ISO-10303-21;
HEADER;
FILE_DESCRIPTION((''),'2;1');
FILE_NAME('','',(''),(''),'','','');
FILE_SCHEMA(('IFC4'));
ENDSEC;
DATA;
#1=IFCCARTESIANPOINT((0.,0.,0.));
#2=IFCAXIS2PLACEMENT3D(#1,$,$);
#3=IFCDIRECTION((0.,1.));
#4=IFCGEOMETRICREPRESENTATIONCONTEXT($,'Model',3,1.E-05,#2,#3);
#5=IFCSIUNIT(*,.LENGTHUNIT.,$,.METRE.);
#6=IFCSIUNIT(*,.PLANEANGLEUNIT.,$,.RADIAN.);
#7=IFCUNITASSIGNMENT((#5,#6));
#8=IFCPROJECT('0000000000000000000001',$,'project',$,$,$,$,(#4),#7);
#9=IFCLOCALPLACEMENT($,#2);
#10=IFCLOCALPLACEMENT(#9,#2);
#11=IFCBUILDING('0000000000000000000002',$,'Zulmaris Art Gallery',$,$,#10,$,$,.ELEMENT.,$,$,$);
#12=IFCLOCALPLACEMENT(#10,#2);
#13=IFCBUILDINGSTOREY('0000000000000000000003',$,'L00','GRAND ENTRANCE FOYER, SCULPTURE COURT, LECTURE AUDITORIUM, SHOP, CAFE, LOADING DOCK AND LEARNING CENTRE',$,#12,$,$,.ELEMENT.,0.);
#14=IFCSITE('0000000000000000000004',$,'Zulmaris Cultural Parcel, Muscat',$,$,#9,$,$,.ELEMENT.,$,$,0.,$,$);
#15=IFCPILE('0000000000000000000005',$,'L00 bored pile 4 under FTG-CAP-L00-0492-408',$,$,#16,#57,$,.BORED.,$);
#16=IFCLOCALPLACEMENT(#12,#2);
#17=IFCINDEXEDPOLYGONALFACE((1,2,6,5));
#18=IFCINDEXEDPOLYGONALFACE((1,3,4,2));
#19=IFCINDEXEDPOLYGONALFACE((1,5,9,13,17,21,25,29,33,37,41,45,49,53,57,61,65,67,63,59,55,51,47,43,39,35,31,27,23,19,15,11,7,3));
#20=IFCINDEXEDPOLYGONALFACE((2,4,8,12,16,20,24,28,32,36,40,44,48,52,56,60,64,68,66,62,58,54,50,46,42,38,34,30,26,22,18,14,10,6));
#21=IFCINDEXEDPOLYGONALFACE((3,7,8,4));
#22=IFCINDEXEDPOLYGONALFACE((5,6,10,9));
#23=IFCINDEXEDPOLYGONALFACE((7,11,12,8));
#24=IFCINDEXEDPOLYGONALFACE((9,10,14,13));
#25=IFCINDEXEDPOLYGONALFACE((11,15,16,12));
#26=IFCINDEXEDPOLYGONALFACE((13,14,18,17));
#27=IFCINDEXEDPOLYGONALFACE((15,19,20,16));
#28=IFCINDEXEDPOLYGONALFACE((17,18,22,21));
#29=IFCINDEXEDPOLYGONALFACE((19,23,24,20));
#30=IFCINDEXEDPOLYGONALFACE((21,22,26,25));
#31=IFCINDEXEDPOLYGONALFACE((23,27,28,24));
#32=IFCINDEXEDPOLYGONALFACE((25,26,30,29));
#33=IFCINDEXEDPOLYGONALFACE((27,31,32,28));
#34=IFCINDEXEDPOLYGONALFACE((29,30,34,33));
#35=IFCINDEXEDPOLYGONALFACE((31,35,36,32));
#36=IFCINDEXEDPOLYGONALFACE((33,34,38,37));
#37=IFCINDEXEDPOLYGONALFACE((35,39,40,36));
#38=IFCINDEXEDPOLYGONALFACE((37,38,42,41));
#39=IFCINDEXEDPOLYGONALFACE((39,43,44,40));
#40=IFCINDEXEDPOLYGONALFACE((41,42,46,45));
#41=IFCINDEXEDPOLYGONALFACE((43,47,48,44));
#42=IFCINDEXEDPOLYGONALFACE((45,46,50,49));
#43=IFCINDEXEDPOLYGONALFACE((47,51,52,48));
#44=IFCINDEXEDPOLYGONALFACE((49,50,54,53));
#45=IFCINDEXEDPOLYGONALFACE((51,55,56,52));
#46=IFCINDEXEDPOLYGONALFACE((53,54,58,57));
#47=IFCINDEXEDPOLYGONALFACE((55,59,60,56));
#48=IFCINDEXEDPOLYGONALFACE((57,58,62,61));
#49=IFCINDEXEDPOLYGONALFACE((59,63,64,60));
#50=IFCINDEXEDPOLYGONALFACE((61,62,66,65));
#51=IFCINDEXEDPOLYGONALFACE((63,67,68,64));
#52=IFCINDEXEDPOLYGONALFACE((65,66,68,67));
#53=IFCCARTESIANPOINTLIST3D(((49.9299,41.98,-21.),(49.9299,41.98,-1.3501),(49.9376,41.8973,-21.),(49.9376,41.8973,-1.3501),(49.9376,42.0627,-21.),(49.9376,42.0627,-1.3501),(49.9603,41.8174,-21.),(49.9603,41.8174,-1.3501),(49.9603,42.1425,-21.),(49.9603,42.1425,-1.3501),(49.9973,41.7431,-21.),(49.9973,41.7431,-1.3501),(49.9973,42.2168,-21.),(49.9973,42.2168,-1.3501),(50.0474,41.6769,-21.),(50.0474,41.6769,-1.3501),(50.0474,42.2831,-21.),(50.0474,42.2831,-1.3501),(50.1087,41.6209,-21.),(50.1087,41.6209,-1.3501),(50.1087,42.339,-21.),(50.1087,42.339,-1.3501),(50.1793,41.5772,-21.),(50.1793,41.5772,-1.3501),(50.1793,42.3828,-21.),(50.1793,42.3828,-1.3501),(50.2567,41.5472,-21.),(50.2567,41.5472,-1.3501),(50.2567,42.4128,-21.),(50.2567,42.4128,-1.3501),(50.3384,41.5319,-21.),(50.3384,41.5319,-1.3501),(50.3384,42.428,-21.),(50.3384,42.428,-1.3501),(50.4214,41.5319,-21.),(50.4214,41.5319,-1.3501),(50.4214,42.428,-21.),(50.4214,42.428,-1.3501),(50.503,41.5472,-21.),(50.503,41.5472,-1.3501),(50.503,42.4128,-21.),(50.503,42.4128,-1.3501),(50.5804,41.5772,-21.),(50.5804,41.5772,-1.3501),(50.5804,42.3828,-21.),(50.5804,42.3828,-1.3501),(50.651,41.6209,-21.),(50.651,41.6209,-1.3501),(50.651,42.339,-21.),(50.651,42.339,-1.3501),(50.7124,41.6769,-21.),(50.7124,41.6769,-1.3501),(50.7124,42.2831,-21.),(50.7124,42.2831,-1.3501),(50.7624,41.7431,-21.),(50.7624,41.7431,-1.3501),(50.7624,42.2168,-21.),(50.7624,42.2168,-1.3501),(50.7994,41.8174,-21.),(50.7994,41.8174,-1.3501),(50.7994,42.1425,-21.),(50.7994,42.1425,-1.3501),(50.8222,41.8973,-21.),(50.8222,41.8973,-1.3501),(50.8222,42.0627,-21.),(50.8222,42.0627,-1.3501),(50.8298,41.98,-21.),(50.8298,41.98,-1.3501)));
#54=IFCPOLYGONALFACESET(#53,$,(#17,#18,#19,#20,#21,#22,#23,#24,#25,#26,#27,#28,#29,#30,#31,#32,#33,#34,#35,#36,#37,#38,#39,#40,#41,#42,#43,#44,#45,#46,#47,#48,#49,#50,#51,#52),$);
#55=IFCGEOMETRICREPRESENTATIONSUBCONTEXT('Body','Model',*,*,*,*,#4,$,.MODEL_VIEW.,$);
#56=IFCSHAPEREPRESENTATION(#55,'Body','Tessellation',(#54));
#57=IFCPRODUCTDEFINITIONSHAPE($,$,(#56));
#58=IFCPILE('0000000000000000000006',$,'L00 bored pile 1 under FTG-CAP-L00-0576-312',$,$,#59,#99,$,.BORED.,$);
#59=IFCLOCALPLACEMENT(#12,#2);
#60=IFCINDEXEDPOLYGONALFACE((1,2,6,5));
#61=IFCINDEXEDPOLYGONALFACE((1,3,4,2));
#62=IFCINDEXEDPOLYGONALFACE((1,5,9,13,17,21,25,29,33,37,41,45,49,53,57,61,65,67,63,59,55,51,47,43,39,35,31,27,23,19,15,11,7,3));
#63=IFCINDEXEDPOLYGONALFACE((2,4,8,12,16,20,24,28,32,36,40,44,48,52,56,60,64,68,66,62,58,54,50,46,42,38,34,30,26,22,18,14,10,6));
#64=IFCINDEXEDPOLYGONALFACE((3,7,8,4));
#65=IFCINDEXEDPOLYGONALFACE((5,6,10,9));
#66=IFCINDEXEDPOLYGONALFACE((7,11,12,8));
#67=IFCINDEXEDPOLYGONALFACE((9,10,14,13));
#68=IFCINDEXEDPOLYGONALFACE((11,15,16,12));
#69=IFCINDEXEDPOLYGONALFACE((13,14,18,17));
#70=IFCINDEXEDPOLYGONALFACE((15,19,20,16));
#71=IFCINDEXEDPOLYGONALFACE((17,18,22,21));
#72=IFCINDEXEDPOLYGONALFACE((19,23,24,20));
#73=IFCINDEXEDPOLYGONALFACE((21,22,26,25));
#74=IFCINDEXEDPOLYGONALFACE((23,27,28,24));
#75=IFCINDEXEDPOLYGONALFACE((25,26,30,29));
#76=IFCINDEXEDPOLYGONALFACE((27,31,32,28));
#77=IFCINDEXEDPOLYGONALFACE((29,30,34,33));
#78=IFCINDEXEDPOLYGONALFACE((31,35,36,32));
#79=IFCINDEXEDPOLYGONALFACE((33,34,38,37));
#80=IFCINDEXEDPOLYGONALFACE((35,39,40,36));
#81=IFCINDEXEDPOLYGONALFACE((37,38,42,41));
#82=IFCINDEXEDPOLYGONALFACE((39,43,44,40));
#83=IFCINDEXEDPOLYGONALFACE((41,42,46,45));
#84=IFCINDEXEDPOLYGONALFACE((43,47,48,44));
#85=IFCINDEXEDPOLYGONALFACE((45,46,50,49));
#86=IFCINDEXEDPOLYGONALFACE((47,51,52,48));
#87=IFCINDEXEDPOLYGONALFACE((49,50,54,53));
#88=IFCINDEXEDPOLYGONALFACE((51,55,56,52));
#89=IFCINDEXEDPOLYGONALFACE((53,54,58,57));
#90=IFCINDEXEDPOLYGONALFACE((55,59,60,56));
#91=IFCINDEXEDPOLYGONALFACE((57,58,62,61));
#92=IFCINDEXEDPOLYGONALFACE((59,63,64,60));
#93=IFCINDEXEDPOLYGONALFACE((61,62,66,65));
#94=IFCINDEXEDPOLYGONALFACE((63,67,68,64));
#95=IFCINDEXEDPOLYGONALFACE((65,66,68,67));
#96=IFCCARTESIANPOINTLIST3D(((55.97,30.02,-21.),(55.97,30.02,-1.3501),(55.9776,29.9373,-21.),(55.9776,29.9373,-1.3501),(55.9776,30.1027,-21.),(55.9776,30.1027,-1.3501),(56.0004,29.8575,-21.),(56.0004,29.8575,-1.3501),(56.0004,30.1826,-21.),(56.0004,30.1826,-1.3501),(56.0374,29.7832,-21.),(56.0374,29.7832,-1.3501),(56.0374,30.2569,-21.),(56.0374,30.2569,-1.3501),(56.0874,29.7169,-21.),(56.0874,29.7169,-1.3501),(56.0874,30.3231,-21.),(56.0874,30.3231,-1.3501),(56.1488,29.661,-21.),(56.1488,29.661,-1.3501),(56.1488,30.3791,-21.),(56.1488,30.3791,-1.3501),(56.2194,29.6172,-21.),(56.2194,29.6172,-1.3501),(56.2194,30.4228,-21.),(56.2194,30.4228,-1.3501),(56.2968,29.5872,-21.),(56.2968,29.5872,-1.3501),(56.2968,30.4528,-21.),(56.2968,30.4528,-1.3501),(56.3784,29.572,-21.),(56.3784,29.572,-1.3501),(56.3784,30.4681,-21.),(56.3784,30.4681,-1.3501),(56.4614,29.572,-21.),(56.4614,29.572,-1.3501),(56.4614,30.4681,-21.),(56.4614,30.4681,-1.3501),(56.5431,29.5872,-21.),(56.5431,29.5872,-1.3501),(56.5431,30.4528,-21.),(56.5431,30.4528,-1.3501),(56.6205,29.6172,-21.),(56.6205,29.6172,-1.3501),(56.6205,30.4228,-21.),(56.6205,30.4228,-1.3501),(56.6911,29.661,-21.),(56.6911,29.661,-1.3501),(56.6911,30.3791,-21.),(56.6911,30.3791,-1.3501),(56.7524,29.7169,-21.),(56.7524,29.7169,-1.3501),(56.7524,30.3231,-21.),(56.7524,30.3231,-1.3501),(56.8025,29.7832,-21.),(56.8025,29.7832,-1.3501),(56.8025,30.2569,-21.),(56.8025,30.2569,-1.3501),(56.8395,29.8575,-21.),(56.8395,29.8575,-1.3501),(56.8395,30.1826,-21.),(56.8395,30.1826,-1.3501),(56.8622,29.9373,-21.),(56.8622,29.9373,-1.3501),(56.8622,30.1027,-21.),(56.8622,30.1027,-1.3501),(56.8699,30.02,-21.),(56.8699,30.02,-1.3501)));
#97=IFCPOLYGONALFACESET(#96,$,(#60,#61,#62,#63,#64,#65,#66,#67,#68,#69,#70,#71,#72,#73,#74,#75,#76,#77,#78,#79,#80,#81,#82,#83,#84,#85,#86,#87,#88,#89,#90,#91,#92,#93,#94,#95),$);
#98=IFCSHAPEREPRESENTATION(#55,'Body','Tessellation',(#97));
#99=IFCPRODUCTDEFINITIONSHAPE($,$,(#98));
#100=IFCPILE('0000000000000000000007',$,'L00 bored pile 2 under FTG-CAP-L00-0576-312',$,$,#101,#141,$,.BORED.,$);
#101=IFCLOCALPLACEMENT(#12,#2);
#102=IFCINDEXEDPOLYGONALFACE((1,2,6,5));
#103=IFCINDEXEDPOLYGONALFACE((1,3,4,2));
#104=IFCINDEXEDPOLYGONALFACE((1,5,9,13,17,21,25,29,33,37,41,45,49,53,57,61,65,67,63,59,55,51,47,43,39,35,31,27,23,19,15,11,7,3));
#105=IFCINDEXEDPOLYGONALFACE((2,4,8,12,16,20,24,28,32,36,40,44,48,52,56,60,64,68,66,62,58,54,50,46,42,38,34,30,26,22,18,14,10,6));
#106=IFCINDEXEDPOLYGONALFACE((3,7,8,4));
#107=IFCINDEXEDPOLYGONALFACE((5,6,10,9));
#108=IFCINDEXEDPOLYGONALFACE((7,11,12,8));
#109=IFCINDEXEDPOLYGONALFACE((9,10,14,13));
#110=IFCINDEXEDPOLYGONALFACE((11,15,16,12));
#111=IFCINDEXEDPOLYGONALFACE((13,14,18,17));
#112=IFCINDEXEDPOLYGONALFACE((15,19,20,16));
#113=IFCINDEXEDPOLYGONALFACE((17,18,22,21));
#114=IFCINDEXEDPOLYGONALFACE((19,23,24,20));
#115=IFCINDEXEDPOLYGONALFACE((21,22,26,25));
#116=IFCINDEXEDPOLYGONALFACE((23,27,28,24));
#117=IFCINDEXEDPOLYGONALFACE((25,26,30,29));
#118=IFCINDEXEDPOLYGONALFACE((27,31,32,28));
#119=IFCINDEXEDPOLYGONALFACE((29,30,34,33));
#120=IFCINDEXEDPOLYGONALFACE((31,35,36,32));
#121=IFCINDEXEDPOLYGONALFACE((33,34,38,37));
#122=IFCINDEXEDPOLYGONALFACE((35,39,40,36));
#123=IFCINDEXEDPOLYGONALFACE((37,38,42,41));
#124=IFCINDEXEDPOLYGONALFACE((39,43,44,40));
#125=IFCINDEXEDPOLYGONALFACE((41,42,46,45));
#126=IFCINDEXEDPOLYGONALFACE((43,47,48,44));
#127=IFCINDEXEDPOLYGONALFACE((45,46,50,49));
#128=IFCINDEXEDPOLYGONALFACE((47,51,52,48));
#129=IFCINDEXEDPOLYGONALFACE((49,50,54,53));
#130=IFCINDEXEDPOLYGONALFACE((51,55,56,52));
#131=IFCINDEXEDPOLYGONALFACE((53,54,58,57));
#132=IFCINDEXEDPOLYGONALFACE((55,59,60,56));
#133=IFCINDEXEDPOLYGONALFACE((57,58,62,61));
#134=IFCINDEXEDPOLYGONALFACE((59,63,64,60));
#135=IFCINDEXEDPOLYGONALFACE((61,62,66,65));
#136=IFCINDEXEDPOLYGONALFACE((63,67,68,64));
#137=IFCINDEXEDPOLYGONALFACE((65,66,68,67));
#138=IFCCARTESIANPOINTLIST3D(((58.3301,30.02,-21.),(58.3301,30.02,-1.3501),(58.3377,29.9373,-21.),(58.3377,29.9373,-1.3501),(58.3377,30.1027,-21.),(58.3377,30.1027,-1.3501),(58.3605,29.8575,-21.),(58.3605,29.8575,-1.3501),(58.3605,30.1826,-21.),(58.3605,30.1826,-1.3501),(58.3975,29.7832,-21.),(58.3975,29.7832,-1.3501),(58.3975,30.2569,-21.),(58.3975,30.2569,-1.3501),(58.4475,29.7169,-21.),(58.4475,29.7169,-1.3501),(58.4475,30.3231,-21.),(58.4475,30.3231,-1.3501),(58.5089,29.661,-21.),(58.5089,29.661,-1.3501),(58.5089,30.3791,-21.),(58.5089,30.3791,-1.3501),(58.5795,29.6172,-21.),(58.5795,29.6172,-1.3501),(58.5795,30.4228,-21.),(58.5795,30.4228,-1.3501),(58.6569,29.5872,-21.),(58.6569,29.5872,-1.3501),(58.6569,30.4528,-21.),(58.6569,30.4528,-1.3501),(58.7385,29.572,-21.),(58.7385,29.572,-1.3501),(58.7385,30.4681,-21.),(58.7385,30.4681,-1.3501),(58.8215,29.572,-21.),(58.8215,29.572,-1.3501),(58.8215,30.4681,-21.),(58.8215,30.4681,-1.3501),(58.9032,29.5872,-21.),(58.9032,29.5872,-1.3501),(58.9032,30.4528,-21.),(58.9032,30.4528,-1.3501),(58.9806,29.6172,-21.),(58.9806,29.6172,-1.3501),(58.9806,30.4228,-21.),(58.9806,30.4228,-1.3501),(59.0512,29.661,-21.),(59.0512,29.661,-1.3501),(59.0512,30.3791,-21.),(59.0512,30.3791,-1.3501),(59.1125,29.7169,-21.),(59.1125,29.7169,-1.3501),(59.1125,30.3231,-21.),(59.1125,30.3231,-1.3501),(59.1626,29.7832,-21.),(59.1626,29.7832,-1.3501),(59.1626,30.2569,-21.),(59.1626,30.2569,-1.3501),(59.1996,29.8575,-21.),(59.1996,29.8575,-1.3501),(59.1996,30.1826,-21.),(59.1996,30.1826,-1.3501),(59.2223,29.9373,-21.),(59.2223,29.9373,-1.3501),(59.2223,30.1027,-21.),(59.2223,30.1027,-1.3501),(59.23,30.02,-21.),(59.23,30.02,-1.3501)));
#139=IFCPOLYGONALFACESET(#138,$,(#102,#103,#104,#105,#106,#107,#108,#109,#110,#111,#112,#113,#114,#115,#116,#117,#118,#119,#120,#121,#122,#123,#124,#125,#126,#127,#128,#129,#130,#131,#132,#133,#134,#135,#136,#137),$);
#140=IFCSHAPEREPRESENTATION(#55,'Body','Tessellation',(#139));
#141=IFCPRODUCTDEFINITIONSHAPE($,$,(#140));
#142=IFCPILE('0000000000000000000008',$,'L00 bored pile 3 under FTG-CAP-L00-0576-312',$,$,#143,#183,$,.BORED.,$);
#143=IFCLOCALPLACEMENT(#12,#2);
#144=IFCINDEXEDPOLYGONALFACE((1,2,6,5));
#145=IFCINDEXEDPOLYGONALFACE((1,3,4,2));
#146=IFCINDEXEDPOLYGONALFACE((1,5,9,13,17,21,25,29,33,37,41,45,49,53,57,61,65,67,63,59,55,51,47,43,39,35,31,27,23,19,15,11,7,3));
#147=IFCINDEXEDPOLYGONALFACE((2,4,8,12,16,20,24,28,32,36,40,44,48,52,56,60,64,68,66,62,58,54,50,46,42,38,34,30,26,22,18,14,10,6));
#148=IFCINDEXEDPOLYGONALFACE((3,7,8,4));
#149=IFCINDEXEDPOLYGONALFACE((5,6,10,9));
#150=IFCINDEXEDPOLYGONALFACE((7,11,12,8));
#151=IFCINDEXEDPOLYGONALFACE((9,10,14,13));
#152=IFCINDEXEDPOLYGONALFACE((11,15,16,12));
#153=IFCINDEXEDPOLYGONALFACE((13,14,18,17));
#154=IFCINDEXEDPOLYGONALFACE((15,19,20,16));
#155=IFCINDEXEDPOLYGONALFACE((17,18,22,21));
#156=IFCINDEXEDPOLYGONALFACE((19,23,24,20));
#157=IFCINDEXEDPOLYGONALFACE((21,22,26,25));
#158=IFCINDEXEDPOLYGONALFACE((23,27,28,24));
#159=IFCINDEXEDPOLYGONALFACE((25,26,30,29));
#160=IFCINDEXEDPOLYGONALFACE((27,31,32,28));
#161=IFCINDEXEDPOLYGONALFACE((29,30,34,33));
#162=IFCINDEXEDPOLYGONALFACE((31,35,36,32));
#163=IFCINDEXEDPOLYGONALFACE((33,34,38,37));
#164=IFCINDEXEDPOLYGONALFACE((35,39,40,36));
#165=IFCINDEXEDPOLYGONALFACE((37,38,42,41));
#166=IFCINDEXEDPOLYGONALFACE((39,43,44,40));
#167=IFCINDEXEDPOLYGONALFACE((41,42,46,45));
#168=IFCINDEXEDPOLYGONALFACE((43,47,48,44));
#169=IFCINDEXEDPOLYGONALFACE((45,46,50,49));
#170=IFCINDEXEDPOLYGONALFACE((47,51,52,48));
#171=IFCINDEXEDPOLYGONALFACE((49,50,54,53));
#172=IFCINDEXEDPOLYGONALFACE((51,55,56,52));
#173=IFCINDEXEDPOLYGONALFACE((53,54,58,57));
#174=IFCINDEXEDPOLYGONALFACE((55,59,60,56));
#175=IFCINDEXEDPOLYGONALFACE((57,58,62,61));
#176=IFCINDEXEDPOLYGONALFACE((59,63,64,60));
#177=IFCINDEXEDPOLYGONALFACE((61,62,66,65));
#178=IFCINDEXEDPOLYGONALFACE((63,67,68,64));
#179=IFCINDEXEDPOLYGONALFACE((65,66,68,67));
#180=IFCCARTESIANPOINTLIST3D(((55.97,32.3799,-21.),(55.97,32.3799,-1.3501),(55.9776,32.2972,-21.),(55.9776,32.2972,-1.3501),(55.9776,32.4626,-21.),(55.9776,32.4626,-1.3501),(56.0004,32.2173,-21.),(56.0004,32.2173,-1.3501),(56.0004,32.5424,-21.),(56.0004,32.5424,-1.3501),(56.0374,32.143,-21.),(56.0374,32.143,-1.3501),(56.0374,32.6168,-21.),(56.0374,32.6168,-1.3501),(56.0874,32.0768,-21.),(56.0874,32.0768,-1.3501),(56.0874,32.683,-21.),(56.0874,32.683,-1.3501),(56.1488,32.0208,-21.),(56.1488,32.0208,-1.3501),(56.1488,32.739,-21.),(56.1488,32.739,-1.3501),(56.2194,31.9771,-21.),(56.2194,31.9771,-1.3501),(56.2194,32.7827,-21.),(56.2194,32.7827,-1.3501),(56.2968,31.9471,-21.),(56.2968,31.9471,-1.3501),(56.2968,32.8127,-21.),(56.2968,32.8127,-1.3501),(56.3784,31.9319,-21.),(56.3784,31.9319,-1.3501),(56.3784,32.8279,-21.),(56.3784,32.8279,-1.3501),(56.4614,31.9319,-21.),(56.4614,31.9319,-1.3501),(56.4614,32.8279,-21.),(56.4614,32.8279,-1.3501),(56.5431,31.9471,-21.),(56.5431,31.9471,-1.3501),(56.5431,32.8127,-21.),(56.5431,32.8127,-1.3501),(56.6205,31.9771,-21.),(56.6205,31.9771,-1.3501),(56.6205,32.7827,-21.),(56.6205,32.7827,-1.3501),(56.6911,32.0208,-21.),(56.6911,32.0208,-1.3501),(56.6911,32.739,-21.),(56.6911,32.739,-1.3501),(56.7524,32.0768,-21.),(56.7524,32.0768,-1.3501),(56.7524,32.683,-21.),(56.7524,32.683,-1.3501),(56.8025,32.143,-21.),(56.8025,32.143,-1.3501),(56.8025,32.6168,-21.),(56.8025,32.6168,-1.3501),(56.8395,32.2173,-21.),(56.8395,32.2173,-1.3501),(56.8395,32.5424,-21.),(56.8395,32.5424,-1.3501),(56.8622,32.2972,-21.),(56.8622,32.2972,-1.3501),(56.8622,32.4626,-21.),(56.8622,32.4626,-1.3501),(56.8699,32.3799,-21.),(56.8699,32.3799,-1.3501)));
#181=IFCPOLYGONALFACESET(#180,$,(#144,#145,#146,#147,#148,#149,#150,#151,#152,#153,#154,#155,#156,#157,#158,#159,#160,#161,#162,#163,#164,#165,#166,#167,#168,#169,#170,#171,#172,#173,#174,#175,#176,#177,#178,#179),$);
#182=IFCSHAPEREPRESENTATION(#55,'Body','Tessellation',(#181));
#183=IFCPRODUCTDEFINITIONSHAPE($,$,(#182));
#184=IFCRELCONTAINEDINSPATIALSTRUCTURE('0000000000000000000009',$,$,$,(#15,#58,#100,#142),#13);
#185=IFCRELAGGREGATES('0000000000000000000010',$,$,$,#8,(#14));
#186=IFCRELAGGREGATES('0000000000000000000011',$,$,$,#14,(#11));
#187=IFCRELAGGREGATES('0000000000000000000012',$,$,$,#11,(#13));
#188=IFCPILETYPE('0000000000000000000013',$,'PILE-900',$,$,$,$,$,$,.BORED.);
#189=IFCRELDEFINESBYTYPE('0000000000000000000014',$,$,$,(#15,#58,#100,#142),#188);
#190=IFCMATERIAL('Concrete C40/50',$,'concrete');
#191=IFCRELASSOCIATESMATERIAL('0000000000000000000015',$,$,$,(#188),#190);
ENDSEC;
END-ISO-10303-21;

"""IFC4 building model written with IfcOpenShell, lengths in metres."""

from ifc_helpers import new_model, si_unit, direction, frame, origin, origin_2d, place, context, subcontext, project, spatial, circle, extrude, material, material_profile, profile_set, type_object, element, save


model = new_model("IFC4")

# Units and contexts
model_context = context("Model", 3, precision=1e-05, world=origin(), true_north=direction((0.0, 1.0)))
body_context = subcontext(model_context, "Body", "Model", "MODEL_VIEW")
ifc_project = project(units=[si_unit("LENGTHUNIT", "METRE"), si_unit("PLANEANGLEUNIT", "RADIAN")], contexts=[model_context])

# Site, building, storey
site_placement = place(None, origin())
site = spatial("IfcSite", under=ifc_project, at=site_placement, Name="Zulmaris Cultural Parcel, Muscat", CompositionType="ELEMENT", RefElevation=0.0)
building_placement = place(site_placement, origin())
building = spatial("IfcBuilding", under=site, at=building_placement, Name="Zulmaris Art Gallery", CompositionType="ELEMENT")
storey_placement = place(building_placement, origin())
storey = spatial("IfcBuildingStorey", under=building, at=storey_placement, Name="L00", Description="GRAND ENTRANCE FOYER, SCULPTURE COURT, LECTURE AUDITORIUM, SHOP, CAFE, LOADING DOCK AND LEARNING CENTRE", CompositionType="ELEMENT", Elevation=0.0)

# Piles
ifc_material_1 = material(Name="Concrete C40/50", Category="concrete")
ifc_material_profile_1 = material_profile(ifc_material_1, circle(Radius=0.45, at=origin_2d()), Name="PILE DIA 900")
ifc_profile_set_1 = profile_set([ifc_material_profile_1], Name="Concrete C40/50")
pile_type_1 = type_object("IfcPileType", Name="PILE-900", PredefinedType="BORED", material=ifc_profile_set_1)
for number, where, z_axis, x_axis, name in (
    (1, (50.3799, 41.98, -1.3501), (0.0, 0.0, -1.0), (1.0, 0.0, 0.0), "L00 bored pile 4 under FTG-CAP-L00-0492-408"),
    (2, (56.4199, 30.02, -1.3501), (0.0, 0.0, -1.0), (1.0, 0.0, 0.0), "L00 bored pile 1 under FTG-CAP-L00-0576-312"),
    (3, (58.78, 30.02, -1.3501), (0.0, 0.0, -1.0), (1.0, 0.0, 0.0), "L00 bored pile 2 under FTG-CAP-L00-0576-312"),
    (4, (56.4199, 32.3799, -1.3501), (0.0, 0.0, -1.0), (1.0, 0.0, 0.0), "L00 bored pile 3 under FTG-CAP-L00-0576-312"),
):
    element("IfcPile", number, at=place(storey_placement, frame(where, z_axis=z_axis, x_axis=x_axis)), inside=storey, type_object=pile_type_1, Name=name, PredefinedType="BORED", context=body_context, shape_type="SweptSolid", body=[
        extrude(circle(Radius=0.45, at=origin_2d()), origin(), (0.0, 0.0, 1.0), 19.6499),
    ])

save(model, "model.ifc")
